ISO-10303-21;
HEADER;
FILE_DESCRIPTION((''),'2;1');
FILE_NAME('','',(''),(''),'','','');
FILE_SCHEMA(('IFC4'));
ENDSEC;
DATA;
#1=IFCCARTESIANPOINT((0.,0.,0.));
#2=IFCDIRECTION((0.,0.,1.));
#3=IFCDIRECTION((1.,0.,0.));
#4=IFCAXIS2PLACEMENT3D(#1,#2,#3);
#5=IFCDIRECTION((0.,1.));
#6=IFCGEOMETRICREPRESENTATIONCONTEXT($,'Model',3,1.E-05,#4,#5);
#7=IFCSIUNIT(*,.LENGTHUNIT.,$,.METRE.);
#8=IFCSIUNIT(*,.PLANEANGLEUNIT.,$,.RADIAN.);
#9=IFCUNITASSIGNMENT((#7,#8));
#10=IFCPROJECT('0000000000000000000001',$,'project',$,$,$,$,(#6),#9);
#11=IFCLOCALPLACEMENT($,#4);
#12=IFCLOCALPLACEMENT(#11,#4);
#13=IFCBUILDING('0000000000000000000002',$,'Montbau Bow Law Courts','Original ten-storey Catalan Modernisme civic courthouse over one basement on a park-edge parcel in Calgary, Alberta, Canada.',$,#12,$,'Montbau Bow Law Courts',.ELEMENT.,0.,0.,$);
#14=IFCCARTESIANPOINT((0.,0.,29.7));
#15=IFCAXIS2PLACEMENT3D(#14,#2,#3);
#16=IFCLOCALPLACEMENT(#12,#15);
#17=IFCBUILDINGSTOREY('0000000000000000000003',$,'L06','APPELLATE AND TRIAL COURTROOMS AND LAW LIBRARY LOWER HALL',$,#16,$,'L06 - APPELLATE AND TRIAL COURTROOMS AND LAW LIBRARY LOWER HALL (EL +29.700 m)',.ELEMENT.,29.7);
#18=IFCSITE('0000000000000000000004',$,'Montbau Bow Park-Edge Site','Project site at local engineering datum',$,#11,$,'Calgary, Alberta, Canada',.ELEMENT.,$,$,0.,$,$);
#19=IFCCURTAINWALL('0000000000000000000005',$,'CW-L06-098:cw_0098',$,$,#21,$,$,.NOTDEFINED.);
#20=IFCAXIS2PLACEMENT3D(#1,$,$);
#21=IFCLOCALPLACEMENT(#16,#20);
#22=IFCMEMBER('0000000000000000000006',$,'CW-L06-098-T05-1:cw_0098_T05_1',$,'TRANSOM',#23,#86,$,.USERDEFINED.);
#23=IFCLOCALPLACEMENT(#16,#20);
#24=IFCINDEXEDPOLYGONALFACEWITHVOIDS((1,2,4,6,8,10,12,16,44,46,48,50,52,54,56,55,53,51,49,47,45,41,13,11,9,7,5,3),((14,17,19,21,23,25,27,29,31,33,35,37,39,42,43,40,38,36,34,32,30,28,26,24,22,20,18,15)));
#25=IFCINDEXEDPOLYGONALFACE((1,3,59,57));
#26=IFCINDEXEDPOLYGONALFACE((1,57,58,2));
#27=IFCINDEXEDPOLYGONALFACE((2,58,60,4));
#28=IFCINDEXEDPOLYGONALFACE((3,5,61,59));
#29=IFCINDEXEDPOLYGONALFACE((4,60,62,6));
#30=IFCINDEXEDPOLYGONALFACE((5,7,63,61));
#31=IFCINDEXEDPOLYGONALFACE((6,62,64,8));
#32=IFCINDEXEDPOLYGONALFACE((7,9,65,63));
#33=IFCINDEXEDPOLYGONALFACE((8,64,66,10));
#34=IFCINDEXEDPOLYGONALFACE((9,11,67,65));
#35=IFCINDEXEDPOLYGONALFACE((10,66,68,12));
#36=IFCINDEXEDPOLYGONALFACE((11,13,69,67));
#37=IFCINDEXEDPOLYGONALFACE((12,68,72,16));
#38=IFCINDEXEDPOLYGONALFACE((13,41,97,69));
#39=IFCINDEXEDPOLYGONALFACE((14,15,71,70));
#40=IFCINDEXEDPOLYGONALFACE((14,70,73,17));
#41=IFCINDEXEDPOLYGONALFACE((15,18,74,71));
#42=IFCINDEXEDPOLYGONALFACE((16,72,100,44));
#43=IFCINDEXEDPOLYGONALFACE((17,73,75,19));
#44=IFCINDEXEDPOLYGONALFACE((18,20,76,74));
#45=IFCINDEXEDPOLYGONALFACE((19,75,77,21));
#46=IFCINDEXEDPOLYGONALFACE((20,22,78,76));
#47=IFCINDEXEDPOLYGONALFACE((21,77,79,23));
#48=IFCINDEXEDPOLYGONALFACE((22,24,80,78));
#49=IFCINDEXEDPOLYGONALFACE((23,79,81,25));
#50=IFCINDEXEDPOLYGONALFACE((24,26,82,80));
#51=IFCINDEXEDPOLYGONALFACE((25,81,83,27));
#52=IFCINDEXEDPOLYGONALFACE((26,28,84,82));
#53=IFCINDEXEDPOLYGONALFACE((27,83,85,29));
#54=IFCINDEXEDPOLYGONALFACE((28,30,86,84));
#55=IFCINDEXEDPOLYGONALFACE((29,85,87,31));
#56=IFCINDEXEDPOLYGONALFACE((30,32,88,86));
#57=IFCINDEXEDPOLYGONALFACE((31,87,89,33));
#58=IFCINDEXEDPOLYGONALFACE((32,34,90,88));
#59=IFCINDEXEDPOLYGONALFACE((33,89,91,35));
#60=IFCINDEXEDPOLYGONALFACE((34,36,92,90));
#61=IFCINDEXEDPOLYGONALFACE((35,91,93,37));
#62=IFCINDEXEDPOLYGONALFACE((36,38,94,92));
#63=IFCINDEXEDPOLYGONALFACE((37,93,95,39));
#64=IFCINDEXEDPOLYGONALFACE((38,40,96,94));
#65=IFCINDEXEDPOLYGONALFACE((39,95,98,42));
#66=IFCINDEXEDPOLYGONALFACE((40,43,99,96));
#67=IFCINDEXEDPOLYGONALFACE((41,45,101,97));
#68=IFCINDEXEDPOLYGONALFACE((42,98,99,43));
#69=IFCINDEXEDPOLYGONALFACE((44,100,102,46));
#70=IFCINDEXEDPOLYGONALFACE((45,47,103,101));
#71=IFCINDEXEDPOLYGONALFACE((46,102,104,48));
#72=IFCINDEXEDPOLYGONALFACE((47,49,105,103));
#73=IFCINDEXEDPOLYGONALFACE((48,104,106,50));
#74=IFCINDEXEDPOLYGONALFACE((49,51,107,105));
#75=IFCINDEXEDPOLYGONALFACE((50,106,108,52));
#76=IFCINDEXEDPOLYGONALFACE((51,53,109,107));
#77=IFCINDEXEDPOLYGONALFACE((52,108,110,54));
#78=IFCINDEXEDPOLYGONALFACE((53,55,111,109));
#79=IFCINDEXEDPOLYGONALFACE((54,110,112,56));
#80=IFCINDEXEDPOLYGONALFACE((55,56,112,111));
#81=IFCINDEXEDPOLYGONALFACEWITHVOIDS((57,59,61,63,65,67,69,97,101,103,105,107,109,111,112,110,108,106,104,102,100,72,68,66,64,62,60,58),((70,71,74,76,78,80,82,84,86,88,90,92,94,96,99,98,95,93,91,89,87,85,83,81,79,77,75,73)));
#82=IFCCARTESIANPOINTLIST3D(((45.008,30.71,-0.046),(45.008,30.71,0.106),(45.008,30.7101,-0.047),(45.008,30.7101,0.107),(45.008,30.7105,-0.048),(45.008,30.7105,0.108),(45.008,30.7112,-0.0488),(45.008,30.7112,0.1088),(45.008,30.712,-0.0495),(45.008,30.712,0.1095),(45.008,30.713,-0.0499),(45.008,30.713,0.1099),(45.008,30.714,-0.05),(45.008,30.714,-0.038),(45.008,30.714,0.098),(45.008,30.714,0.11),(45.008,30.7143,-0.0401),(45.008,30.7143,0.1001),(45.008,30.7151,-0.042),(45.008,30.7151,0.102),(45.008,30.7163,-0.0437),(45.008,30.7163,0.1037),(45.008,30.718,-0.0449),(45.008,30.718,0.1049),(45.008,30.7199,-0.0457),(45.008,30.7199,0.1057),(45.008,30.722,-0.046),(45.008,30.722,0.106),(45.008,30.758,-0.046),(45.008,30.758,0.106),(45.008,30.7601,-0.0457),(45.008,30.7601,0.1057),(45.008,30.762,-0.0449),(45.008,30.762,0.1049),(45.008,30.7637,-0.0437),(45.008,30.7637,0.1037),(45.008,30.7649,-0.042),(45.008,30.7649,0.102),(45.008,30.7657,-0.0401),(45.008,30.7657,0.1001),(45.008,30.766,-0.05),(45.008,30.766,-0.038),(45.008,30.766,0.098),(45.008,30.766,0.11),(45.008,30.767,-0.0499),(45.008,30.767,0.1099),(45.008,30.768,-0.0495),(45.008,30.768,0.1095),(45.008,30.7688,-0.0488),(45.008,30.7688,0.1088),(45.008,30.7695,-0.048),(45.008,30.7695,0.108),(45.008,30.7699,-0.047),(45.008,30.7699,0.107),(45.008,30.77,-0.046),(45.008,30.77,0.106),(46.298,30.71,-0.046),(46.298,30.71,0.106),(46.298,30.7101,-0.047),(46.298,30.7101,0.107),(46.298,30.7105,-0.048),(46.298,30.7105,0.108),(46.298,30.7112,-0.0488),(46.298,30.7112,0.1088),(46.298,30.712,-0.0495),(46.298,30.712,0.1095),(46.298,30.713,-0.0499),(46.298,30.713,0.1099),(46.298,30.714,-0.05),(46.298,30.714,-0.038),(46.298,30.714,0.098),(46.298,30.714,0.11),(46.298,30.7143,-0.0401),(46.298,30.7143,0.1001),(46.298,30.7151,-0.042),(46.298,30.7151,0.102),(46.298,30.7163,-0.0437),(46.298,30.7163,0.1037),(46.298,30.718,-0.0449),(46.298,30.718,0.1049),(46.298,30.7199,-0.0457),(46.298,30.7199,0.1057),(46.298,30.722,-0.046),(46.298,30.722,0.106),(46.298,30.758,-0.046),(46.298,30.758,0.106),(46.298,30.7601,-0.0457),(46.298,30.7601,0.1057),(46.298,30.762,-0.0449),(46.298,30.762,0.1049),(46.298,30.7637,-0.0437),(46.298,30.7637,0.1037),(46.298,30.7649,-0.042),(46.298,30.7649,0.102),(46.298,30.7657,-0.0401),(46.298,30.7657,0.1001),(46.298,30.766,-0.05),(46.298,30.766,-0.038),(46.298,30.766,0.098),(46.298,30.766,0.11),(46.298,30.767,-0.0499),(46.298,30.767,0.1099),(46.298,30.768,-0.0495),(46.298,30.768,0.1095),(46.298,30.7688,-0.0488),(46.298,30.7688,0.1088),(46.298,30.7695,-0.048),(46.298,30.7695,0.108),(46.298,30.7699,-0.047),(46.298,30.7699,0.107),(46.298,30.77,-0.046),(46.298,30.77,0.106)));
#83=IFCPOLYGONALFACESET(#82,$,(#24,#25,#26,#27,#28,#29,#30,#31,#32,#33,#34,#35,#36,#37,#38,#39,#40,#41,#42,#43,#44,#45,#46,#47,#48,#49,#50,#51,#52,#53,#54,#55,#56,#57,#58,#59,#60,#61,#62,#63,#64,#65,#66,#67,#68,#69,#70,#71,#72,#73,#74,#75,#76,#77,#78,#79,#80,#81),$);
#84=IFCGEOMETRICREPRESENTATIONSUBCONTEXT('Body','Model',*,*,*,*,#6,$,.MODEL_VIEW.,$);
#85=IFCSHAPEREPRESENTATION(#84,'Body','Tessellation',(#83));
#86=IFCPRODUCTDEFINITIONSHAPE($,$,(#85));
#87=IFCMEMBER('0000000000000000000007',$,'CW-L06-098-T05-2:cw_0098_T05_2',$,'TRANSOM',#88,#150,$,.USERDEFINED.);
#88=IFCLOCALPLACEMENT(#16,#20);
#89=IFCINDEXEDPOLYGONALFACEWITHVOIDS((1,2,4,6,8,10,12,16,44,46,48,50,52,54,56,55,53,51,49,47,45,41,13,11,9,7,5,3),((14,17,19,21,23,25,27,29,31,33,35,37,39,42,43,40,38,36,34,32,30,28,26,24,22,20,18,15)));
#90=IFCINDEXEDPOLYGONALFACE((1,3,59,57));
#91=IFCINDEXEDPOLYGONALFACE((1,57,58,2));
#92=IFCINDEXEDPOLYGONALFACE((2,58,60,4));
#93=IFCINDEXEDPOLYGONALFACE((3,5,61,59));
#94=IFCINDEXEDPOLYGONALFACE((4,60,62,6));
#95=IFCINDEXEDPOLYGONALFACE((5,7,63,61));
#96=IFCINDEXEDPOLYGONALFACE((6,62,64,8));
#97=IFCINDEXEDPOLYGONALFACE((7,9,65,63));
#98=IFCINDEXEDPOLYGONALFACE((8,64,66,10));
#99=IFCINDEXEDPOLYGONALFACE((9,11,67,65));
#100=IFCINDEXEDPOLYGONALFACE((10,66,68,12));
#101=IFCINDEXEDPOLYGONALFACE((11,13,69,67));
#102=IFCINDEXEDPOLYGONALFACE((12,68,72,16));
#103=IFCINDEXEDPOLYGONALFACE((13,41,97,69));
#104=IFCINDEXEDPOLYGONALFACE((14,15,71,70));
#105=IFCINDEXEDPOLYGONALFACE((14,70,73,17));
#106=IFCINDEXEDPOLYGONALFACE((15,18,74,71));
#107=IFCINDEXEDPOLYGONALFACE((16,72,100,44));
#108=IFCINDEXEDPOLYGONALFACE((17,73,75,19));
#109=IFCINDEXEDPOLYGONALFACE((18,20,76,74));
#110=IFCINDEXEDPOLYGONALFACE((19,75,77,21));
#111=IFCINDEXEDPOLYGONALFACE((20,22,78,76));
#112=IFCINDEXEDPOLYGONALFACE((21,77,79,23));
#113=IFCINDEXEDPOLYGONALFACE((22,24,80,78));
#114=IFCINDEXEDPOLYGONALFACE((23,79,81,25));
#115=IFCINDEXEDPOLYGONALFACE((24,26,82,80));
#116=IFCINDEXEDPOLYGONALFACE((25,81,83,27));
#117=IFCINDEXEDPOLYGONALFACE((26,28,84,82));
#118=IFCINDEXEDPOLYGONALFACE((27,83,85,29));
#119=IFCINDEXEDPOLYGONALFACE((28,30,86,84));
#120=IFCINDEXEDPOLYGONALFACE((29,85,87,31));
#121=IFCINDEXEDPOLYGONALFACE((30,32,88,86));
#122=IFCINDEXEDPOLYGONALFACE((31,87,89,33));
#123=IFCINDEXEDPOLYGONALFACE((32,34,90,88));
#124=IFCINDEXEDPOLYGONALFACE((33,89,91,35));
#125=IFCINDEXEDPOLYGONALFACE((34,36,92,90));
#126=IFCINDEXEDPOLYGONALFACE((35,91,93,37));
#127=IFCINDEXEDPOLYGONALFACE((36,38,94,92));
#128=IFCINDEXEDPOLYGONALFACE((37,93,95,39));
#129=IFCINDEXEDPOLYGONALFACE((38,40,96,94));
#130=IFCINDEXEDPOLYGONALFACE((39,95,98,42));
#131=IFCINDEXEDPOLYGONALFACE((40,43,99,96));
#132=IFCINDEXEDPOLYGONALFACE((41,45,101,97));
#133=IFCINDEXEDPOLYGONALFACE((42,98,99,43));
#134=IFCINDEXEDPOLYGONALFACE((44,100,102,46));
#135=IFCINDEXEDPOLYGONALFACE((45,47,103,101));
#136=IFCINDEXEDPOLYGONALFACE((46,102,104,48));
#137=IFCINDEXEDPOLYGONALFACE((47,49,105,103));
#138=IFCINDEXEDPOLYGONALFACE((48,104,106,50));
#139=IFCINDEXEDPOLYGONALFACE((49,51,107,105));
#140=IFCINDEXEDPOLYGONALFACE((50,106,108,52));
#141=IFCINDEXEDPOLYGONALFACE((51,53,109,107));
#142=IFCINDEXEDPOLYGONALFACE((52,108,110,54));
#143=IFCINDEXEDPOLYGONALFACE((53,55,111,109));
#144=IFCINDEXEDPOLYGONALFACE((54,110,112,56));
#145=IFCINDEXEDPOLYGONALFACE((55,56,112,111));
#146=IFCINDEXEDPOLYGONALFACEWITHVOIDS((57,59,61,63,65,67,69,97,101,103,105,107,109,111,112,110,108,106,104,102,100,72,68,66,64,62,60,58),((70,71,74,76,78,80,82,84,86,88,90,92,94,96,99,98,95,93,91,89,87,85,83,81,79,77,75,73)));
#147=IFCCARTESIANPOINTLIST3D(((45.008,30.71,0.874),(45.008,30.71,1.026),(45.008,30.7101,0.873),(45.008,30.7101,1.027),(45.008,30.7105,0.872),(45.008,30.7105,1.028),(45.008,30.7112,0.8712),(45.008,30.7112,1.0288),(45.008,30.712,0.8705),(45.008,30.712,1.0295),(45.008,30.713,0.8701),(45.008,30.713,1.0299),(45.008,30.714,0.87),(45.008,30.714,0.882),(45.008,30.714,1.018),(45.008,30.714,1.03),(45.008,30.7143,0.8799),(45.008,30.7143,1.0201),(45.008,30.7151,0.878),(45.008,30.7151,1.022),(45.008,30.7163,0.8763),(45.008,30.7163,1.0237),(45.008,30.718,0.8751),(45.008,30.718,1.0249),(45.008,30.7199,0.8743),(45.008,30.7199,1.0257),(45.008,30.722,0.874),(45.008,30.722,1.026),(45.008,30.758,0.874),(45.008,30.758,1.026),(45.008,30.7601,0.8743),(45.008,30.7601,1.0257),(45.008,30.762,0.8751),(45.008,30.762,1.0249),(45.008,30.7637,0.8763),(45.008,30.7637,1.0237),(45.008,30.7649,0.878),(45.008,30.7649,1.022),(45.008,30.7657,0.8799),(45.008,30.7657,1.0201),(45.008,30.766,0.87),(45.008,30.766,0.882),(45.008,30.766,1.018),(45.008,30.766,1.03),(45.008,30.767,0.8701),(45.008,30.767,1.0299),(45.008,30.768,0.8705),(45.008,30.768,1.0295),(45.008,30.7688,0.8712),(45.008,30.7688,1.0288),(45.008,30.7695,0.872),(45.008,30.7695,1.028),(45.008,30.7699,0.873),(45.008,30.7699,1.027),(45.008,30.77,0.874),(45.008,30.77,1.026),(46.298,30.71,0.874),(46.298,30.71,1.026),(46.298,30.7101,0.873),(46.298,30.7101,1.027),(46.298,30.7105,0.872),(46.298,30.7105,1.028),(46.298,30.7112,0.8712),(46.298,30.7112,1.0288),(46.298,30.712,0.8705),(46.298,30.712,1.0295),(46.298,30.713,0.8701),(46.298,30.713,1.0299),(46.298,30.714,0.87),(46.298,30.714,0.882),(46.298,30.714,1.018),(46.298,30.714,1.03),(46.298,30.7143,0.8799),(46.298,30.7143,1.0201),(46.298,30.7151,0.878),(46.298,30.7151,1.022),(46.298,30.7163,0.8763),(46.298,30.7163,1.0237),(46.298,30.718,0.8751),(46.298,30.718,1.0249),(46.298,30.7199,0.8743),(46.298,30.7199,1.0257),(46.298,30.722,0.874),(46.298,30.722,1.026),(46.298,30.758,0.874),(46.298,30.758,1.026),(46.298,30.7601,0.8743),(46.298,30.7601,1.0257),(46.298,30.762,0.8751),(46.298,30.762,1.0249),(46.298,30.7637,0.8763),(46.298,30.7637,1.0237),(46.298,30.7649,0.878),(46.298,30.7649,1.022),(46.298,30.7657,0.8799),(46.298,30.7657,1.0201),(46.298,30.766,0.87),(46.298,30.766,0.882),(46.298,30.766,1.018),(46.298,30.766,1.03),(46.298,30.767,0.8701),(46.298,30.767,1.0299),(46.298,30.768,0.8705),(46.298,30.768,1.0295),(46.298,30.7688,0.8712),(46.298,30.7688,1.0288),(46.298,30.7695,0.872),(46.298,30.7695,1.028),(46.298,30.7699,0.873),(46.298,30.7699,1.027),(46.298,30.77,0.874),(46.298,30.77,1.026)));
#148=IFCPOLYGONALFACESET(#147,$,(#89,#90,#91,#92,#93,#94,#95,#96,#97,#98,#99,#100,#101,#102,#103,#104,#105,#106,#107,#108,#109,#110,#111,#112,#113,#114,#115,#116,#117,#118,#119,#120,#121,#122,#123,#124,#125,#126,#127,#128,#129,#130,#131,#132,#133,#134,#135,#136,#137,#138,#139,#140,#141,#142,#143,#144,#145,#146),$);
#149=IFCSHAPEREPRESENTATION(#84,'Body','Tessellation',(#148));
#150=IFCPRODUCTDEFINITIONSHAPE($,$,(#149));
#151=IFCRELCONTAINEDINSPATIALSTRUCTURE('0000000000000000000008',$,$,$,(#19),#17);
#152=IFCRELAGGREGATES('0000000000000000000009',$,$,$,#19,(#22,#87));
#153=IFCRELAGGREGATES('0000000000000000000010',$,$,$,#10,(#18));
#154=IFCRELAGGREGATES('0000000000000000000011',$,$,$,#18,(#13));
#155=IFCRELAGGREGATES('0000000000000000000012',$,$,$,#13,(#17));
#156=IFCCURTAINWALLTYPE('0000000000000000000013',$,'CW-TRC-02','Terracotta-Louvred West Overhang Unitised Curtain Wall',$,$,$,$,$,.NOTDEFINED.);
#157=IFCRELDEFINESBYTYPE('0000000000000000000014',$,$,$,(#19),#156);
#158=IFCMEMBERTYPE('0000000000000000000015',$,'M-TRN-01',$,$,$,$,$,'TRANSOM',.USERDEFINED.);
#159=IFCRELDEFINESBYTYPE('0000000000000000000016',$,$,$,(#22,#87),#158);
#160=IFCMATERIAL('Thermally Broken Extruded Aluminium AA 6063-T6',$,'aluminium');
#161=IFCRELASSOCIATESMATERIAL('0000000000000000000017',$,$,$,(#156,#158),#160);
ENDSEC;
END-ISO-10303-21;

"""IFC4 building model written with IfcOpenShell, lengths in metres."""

from ifc_helpers import new_model, si_unit, direction, frame, origin_with_axes, origin_2d_with_axis, place, context, subcontext, project, spatial, hollow_rectangle, extrude, material, material_profile, profile_set, type_object, element, aggregate, save


model = new_model("IFC4")

# Units and contexts
model_context = context("Model", 3, precision=1e-05, world=origin_with_axes(), true_north=direction((0.0, 1.0)))
body_context = subcontext(model_context, "Body", "Model", "MODEL_VIEW")
ifc_project = project(units=[si_unit("LENGTHUNIT", "METRE"), si_unit("PLANEANGLEUNIT", "RADIAN")], contexts=[model_context])

# Site, building, storey
site_placement = place(None, origin_with_axes())
site = spatial("IfcSite", under=ifc_project, at=site_placement, Name="Montbau Bow Park-Edge Site", Description="Project site at local engineering datum", LongName="Calgary, Alberta, Canada", CompositionType="ELEMENT", RefElevation=0.0)
building_placement = place(site_placement, origin_with_axes())
building = spatial("IfcBuilding", under=site, at=building_placement, Name="Montbau Bow Law Courts", Description="Original ten-storey Catalan Modernisme civic courthouse over one basement on a park-edge parcel in Calgary, Alberta, Canada.", LongName="Montbau Bow Law Courts", CompositionType="ELEMENT", ElevationOfRefHeight=0.0, ElevationOfTerrain=0.0)
storey_placement = place(building_placement, frame((0.0, 0.0, 29.7), z_axis=(0.0, 0.0, 1.0), x_axis=(1.0, 0.0, 0.0)))
storey = spatial("IfcBuildingStorey", under=building, at=storey_placement, Name="L06", Description="APPELLATE AND TRIAL COURTROOMS AND LAW LIBRARY LOWER HALL", LongName="L06 - APPELLATE AND TRIAL COURTROOMS AND LAW LIBRARY LOWER HALL (EL +29.700 m)", CompositionType="ELEMENT", Elevation=29.7)

# Curtain wall, members
ifc_material_1 = material(Name="Thermally Broken Extruded Aluminium AA 6063-T6", Category="aluminium")
curtain_wall_type = type_object("IfcCurtainWallType", Name="CW-TRC-02", Description="Terracotta-Louvred West Overhang Unitised Curtain Wall", PredefinedType="NOTDEFINED", material=ifc_material_1)
curtain_wall_placement = place(None, frame((39.44, 30.74, 29.7), z_axis=(0.0, 0.0, 1.0), x_axis=(1.0, 0.0, 0.0)))
curtain_wall = element("IfcCurtainWall", 1, at=curtain_wall_placement, inside=storey, type_object=curtain_wall_type, Name="CW-L06-098:cw_0098", PredefinedType="NOTDEFINED")
ifc_material_profile_1 = material_profile(ifc_material_1, hollow_rectangle(XDim=0.06, YDim=0.16, WallThickness=0.004, InnerFilletRadius=0.008, OuterFilletRadius=0.004, at=origin_2d_with_axis()), Name="CWT-160X60", Category="Main", Priority=0)
ifc_profile_set_1 = profile_set([ifc_material_profile_1], Name="Thermally Broken Extruded Aluminium AA 6063-T6")
member_type_1 = type_object("IfcMemberType", Name="M-TRN-01", ElementType="TRANSOM", PredefinedType="USERDEFINED", material=ifc_profile_set_1)
member_1_placement = place(None, frame((45.008, 30.74, 29.73), z_axis=(1.0, 0.0, 0.0), x_axis=(0.0, 1.0, 0.0)))
member_1 = element("IfcMember", 2, at=member_1_placement, type_object=member_type_1, Name="CW-L06-098-T05-1:cw_0098_T05_1", ObjectType="TRANSOM", PredefinedType="USERDEFINED", context=body_context, shape_type="SweptSolid", body=[
    extrude(hollow_rectangle(XDim=0.06, YDim=0.16, WallThickness=0.004, InnerFilletRadius=0.008, OuterFilletRadius=0.004, at=origin_2d_with_axis()), origin_with_axes(), (0.0, 0.0, 1.0), 1.29),
])
member_2_placement = place(None, frame((45.008, 30.74, 30.65), z_axis=(1.0, 0.0, 0.0), x_axis=(0.0, 1.0, 0.0)))
member_2 = element("IfcMember", 3, at=member_2_placement, type_object=member_type_1, Name="CW-L06-098-T05-2:cw_0098_T05_2", ObjectType="TRANSOM", PredefinedType="USERDEFINED", context=body_context, shape_type="SweptSolid", body=[
    extrude(hollow_rectangle(XDim=0.06, YDim=0.16, WallThickness=0.004, InnerFilletRadius=0.008, OuterFilletRadius=0.004, at=origin_2d_with_axis()), origin_with_axes(), (0.0, 0.0, 1.0), 1.29),
])
aggregate(curtain_wall, [member_1, member_2])

save(model, "model.ifc")
